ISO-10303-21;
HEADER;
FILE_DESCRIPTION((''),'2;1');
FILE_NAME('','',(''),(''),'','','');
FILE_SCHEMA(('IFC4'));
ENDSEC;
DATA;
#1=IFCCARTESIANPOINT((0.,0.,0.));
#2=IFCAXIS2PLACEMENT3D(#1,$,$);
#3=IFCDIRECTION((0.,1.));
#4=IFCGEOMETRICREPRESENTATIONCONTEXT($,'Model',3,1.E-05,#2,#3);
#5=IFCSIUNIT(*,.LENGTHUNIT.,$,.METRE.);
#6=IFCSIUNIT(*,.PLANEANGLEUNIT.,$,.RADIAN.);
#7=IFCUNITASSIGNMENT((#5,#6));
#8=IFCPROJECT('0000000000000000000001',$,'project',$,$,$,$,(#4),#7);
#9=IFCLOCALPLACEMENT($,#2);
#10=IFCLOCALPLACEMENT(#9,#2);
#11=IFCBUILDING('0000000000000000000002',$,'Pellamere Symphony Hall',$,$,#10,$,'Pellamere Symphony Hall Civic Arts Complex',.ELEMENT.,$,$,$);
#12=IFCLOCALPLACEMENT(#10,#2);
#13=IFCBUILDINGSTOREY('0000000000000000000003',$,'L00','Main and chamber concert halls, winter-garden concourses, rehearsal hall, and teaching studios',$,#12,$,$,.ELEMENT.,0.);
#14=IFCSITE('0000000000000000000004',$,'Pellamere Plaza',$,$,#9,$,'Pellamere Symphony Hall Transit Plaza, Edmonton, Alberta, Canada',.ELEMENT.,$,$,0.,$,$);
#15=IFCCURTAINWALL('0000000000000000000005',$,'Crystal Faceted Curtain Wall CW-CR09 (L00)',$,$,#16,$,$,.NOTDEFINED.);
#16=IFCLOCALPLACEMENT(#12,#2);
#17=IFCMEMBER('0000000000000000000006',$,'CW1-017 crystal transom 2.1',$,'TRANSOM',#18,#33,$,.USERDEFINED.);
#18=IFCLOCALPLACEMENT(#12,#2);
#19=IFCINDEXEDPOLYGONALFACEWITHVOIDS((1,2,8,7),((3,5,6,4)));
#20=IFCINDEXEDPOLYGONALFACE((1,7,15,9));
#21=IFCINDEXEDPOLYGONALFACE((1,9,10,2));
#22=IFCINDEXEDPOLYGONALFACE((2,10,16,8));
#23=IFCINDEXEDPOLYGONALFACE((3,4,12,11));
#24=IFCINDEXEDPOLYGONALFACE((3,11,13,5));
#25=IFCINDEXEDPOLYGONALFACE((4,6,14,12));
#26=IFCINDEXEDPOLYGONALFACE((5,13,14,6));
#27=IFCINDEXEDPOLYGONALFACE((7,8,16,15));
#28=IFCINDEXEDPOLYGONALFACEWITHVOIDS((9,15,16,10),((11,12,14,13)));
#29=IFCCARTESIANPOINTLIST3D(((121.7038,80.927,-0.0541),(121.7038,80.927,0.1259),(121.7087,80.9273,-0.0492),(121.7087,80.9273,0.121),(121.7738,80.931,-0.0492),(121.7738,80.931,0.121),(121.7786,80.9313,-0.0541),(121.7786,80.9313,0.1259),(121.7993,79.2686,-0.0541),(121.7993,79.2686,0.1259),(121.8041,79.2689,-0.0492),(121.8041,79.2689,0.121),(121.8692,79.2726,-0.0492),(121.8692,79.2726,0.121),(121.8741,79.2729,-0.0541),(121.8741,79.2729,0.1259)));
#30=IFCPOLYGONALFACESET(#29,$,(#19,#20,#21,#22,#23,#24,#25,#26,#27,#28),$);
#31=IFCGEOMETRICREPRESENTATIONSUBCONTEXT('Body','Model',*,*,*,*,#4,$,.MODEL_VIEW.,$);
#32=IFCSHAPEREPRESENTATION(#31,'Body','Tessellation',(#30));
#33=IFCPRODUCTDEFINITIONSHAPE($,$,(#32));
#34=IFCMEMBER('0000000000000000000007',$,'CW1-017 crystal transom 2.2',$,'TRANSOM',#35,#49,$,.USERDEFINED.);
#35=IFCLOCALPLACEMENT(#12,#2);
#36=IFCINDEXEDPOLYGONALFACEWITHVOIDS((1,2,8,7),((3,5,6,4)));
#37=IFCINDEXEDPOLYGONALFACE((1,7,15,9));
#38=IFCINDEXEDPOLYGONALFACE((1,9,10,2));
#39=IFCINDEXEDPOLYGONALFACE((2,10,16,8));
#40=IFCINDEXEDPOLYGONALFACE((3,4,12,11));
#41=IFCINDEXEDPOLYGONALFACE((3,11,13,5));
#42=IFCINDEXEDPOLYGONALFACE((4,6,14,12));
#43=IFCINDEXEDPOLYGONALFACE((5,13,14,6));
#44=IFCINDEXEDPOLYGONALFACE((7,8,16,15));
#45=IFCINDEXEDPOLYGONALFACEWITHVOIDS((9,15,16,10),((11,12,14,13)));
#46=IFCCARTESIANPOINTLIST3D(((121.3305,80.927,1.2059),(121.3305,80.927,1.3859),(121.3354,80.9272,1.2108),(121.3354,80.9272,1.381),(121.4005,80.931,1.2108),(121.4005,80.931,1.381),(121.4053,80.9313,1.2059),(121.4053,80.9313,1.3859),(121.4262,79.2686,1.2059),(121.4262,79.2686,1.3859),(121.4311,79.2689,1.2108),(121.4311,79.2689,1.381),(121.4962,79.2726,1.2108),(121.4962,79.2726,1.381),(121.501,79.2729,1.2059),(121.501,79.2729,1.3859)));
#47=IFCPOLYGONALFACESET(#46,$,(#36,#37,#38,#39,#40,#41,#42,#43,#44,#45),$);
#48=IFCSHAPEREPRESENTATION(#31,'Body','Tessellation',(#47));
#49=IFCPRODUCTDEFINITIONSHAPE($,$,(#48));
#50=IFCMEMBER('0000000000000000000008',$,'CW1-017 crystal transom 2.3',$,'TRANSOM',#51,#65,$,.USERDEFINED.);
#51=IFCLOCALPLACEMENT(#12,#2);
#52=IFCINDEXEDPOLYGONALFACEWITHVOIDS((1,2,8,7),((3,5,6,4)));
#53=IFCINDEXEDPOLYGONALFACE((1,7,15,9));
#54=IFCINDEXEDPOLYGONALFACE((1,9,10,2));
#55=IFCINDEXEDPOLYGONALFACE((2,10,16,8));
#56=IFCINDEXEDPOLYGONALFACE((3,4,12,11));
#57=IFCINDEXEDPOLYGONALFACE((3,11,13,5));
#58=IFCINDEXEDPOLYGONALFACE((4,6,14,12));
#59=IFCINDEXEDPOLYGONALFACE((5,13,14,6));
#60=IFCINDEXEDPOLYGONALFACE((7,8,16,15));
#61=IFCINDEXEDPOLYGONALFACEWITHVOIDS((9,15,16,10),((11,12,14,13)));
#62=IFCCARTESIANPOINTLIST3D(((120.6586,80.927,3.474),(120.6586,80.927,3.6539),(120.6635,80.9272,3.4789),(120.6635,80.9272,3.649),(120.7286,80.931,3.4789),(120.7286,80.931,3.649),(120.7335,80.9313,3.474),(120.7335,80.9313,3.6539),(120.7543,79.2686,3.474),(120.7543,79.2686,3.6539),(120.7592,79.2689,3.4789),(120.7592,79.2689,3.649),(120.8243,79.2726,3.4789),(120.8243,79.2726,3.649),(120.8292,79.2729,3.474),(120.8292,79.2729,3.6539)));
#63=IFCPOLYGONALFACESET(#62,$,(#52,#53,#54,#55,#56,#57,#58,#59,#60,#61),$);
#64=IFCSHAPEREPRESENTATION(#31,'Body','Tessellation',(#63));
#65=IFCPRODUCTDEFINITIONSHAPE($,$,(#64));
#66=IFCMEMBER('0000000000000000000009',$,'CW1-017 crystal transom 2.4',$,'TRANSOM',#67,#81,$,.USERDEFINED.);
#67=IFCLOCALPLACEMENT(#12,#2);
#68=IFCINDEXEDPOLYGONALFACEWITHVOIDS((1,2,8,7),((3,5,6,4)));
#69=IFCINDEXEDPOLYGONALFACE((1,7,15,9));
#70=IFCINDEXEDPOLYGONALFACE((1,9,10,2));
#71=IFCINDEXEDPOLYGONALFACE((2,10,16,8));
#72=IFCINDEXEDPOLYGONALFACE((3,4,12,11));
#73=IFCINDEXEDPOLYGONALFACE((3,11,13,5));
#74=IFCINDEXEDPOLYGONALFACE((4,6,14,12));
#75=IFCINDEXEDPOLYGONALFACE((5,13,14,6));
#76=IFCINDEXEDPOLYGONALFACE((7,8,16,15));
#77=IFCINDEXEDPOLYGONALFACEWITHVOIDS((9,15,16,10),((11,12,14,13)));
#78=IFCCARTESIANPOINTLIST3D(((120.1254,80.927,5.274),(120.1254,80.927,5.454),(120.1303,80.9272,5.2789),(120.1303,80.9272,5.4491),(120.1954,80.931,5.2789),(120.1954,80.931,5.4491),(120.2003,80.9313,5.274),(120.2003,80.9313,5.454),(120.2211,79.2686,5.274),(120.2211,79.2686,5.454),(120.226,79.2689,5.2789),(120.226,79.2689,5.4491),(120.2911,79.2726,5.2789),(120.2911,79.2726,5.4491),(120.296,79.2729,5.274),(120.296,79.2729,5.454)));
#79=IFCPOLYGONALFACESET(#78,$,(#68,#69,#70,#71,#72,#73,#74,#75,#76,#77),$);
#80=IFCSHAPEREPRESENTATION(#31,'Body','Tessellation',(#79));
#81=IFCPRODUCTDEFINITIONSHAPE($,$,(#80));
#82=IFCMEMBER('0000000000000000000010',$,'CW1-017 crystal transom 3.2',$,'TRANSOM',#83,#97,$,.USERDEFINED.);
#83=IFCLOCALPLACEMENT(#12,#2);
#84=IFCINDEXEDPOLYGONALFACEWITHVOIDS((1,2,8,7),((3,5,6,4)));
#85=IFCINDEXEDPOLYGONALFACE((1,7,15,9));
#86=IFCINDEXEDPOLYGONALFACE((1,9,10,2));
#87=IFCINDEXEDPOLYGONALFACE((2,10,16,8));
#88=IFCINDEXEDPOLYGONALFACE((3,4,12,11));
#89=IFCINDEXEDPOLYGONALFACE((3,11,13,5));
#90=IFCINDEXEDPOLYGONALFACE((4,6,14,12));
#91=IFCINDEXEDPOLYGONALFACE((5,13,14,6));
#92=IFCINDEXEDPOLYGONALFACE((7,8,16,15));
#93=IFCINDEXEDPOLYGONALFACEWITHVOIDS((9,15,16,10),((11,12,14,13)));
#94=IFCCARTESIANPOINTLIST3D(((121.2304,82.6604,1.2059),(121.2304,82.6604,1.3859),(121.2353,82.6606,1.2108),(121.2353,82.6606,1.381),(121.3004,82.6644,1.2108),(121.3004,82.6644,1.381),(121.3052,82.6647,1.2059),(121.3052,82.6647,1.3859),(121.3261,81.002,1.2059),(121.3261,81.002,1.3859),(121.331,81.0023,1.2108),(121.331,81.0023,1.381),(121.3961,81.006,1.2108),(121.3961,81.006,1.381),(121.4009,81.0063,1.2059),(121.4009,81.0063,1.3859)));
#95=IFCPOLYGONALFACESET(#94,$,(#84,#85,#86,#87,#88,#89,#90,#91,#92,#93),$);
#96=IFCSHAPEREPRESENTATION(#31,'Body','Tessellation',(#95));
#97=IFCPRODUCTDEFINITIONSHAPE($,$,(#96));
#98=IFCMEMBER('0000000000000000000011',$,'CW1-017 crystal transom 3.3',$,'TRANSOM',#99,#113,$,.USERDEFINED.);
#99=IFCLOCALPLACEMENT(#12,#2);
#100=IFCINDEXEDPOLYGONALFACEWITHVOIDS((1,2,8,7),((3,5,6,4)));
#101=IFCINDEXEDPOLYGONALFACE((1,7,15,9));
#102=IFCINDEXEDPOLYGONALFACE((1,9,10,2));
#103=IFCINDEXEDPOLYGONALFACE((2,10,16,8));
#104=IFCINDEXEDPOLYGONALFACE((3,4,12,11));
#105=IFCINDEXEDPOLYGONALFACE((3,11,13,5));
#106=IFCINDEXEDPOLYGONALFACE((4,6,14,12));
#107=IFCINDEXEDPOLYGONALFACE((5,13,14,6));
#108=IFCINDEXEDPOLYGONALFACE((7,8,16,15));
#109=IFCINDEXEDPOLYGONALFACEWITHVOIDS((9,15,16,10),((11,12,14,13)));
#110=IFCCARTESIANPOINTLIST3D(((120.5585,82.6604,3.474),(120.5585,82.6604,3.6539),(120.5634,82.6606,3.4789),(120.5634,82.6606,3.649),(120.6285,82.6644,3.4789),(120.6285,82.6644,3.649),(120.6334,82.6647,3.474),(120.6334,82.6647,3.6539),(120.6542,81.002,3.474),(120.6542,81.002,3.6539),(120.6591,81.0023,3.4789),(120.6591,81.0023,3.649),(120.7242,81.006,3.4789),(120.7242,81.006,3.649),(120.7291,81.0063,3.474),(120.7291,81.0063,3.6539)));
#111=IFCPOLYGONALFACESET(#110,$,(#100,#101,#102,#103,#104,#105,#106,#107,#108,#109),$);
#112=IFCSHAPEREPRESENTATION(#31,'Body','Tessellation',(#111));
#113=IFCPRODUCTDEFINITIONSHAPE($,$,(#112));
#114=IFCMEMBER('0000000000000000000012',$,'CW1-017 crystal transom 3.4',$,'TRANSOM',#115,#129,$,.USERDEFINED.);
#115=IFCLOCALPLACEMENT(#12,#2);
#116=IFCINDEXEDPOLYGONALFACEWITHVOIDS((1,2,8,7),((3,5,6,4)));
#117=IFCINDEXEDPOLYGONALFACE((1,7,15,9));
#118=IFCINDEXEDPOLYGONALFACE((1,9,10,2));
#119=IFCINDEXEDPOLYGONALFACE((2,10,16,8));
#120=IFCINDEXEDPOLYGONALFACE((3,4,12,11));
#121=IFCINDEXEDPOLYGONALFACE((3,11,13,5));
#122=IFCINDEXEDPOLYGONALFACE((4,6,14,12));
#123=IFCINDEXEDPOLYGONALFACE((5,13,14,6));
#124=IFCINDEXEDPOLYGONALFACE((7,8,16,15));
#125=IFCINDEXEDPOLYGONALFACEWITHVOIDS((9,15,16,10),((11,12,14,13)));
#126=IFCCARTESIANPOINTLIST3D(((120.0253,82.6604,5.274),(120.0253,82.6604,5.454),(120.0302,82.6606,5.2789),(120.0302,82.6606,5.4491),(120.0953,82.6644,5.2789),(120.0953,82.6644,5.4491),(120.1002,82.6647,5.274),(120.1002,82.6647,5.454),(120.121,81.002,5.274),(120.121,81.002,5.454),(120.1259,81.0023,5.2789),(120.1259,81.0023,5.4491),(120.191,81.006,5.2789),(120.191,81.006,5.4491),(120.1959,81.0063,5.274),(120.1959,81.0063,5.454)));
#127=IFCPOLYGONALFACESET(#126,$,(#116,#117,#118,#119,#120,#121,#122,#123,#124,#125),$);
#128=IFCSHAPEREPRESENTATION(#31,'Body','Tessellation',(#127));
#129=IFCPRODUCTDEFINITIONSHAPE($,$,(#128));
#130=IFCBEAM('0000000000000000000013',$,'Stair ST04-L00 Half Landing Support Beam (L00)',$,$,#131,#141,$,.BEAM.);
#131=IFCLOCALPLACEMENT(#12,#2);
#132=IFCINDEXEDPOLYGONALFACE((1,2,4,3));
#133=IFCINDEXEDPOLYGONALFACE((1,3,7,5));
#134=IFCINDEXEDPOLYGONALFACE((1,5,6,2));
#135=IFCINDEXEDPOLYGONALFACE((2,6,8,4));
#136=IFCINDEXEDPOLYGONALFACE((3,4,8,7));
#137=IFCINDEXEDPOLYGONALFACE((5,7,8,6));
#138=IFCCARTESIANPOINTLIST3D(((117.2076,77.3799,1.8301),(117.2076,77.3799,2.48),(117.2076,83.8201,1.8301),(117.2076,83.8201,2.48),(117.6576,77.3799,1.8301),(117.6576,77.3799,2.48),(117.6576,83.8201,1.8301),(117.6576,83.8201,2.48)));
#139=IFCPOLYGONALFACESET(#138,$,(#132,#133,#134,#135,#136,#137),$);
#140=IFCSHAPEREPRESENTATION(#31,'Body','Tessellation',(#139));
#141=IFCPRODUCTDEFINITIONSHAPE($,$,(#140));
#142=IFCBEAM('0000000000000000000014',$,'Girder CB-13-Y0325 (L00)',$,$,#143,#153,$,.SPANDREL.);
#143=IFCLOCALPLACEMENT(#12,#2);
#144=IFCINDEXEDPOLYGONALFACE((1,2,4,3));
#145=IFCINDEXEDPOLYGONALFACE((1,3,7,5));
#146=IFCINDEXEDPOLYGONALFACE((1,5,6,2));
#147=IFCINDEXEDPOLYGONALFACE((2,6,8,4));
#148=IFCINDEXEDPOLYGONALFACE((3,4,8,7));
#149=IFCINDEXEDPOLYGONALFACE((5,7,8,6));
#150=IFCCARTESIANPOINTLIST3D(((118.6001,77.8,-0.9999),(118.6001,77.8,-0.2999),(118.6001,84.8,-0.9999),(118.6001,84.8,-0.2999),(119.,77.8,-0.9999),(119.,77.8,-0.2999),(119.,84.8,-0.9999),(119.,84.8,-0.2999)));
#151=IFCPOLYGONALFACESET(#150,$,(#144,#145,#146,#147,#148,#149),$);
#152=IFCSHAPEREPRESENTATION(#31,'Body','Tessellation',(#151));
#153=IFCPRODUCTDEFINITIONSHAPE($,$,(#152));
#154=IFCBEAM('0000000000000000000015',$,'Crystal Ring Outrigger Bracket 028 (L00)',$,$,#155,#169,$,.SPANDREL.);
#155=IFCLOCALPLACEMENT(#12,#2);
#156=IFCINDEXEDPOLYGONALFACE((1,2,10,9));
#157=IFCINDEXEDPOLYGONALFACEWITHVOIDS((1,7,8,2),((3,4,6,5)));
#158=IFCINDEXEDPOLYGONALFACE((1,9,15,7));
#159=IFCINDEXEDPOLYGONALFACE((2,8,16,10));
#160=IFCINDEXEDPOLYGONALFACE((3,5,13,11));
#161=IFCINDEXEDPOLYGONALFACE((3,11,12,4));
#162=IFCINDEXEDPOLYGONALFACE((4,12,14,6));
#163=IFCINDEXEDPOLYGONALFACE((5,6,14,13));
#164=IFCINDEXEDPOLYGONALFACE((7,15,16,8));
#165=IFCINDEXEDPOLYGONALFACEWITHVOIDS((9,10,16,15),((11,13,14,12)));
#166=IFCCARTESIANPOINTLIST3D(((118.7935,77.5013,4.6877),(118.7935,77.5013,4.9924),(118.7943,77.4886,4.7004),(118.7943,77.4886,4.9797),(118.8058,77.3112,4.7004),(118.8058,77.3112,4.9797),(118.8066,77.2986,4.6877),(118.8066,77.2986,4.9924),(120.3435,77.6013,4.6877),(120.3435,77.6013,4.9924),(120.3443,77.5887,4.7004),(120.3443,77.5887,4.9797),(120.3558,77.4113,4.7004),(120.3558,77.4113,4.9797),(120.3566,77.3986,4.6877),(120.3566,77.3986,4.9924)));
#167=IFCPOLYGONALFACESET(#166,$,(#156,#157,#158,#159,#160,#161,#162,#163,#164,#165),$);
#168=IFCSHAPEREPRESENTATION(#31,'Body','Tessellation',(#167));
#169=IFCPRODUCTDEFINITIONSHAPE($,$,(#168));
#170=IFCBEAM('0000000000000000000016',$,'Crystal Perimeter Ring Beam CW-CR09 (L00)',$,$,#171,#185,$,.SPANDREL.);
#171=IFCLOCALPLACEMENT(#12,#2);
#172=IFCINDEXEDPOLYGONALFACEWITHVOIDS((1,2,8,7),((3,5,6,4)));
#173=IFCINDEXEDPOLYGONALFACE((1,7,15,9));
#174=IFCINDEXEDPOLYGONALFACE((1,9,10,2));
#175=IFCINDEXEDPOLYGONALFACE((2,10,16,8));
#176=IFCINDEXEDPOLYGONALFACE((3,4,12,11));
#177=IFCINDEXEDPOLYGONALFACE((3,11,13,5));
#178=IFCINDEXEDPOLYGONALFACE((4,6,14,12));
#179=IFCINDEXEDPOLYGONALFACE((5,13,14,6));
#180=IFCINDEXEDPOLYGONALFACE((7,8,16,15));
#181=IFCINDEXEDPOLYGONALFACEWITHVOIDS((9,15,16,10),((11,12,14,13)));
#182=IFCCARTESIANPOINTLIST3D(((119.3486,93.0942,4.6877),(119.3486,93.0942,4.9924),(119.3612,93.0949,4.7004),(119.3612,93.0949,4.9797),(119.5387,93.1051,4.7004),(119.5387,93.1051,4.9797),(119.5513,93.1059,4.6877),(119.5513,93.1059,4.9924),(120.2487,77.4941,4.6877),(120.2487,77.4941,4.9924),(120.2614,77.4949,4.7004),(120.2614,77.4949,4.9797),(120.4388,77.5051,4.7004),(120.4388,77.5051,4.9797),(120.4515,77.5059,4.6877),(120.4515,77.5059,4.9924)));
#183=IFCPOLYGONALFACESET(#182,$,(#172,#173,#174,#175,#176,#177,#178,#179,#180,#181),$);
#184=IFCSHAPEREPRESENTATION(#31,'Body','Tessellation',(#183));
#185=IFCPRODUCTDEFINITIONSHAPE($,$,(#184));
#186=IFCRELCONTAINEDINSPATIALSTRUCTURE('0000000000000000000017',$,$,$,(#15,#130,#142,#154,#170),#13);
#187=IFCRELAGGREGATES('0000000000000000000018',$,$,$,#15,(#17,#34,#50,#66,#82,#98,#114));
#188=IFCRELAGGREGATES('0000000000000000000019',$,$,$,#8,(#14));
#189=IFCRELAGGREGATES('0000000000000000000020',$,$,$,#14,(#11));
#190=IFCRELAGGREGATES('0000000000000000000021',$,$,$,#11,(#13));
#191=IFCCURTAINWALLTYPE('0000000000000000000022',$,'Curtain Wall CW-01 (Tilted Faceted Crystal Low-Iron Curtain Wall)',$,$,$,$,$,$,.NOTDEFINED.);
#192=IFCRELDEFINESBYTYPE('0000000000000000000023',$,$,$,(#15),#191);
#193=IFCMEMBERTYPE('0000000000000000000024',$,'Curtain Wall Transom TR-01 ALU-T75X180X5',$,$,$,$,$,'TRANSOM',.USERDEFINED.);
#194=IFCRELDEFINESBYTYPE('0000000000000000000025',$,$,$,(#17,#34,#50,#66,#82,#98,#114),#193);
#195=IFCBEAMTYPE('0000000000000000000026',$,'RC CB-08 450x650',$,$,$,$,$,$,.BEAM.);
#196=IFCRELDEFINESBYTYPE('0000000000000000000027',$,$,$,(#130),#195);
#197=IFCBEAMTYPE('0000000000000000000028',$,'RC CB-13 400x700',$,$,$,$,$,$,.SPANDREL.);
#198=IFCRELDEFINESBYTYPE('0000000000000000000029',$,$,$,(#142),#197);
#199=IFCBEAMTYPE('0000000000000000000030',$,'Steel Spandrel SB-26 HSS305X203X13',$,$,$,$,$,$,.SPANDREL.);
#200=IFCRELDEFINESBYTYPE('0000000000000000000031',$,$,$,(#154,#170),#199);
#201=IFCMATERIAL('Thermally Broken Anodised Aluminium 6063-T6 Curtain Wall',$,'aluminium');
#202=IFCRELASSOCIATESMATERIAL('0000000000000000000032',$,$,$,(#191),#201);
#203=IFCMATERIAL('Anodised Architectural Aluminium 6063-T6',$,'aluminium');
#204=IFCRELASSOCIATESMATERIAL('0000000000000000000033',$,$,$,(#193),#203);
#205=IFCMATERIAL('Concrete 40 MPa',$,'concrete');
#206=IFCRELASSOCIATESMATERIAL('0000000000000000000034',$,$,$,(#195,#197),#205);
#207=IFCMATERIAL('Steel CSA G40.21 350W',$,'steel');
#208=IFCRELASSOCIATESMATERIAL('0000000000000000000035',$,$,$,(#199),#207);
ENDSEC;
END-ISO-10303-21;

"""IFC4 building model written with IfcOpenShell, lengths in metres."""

from ifc_helpers import new_model, si_unit, direction, frame, origin, origin_2d, place, context, subcontext, project, spatial, rectangle, hollow_rectangle, extrude, material, material_profile, profile_set, type_object, element, aggregate, save


model = new_model("IFC4")

# Units and contexts
model_context = context("Model", 3, precision=1e-05, world=origin(), true_north=direction((0.0, 1.0)))
body_context = subcontext(model_context, "Body", "Model", "MODEL_VIEW")
ifc_project = project(units=[si_unit("LENGTHUNIT", "METRE"), si_unit("PLANEANGLEUNIT", "RADIAN")], contexts=[model_context])

# Site, building, storey
site_placement = place(None, origin())
site = spatial("IfcSite", under=ifc_project, at=site_placement, Name="Pellamere Plaza", LongName="Pellamere Symphony Hall Transit Plaza, Edmonton, Alberta, Canada", CompositionType="ELEMENT", RefElevation=0.0)
building_placement = place(site_placement, origin())
building = spatial("IfcBuilding", under=site, at=building_placement, Name="Pellamere Symphony Hall", LongName="Pellamere Symphony Hall Civic Arts Complex", CompositionType="ELEMENT")
storey_placement = place(building_placement, origin())
storey = spatial("IfcBuildingStorey", under=building, at=storey_placement, Name="L00", Description="Main and chamber concert halls, winter-garden concourses, rehearsal hall, and teaching studios", CompositionType="ELEMENT", Elevation=0.0)

# Shared definitions
ifc_material_1 = material(Name="Concrete 40 MPa", Category="concrete")

# Shared definitions
ifc_material_2 = material(Name="Thermally Broken Anodised Aluminium 6063-T6 Curtain Wall", Category="aluminium")
curtain_wall_type = type_object("IfcCurtainWallType", Name="Curtain Wall CW-01 (Tilted Faceted Crystal Low-Iron Curtain Wall)", PredefinedType="NOTDEFINED", material=ifc_material_2)
ifc_material_3 = material(Name="Anodised Architectural Aluminium 6063-T6", Category="aluminium")

# Curtain wall
curtain_wall_1_placement = place(storey_placement, origin())
curtain_wall_1 = element("IfcCurtainWall", 1, at=curtain_wall_1_placement, inside=storey, type_object=curtain_wall_type, Name="Crystal Faceted Curtain Wall CW-CR09 (L00)", PredefinedType="NOTDEFINED")

# Members
ifc_material_profile_1 = material_profile(ifc_material_3, hollow_rectangle(XDim=0.075, YDim=0.1799, WallThickness=0.0049, at=origin_2d()), Name="ALU-T75X180X5")
ifc_profile_set_1 = profile_set([ifc_material_profile_1], Name="Anodised Architectural Aluminium 6063-T6")
member_type_1 = type_object("IfcMemberType", Name="Curtain Wall Transom TR-01 ALU-T75X180X5", ElementType="TRANSOM", PredefinedType="USERDEFINED", material=ifc_profile_set_1)
member_1_placement = place(storey_placement, frame((121.8367, 79.2708, 0.0359), z_axis=(-0.057464, 0.998348, 0.0), x_axis=(-0.998348, -0.057464, 0.0)))
member_1 = element("IfcMember", 2, at=member_1_placement, type_object=member_type_1, Name="CW1-017 crystal transom 2.1", ObjectType="TRANSOM", PredefinedType="USERDEFINED", context=body_context, shape_type="SweptSolid", body=[
    extrude(hollow_rectangle(XDim=0.075, YDim=0.1799, WallThickness=0.0049, at=origin_2d()), origin(), (0.0, 0.0, 1.0), 1.6611),
])
member_2_placement = place(storey_placement, frame((121.4636, 79.2708, 1.2959), z_axis=(-0.057611, 0.998339, 0.0), x_axis=(-0.998339, -0.057611, 0.0)))
member_2 = element("IfcMember", 3, at=member_2_placement, type_object=member_type_1, Name="CW1-017 crystal transom 2.2", ObjectType="TRANSOM", PredefinedType="USERDEFINED", context=body_context, shape_type="SweptSolid", body=[
    extrude(hollow_rectangle(XDim=0.075, YDim=0.1799, WallThickness=0.0049, at=origin_2d()), origin(), (0.0, 0.0, 1.0), 1.6611),
])
member_3_placement = place(storey_placement, frame((120.7917, 79.2708, 3.564), z_axis=(-0.057611, 0.998339, 0.0), x_axis=(-0.998339, -0.057611, 0.0)))
member_3 = element("IfcMember", 4, at=member_3_placement, type_object=member_type_1, Name="CW1-017 crystal transom 2.3", ObjectType="TRANSOM", PredefinedType="USERDEFINED", context=body_context, shape_type="SweptSolid", body=[
    extrude(hollow_rectangle(XDim=0.075, YDim=0.1799, WallThickness=0.0049, at=origin_2d()), origin(), (0.0, 0.0, 1.0), 1.6611),
])
member_4_placement = place(storey_placement, frame((120.2585, 79.2708, 5.364), z_axis=(-0.057611, 0.998339, 0.0), x_axis=(-0.998339, -0.057611, 0.0)))
member_4 = element("IfcMember", 5, at=member_4_placement, type_object=member_type_1, Name="CW1-017 crystal transom 2.4", ObjectType="TRANSOM", PredefinedType="USERDEFINED", context=body_context, shape_type="SweptSolid", body=[
    extrude(hollow_rectangle(XDim=0.075, YDim=0.1799, WallThickness=0.0049, at=origin_2d()), origin(), (0.0, 0.0, 1.0), 1.6611),
])
member_5_placement = place(storey_placement, frame((121.3635, 81.0042, 1.2959), z_axis=(-0.057611, 0.998339, 0.0), x_axis=(-0.998339, -0.057611, 0.0)))
member_5 = element("IfcMember", 6, at=member_5_placement, type_object=member_type_1, Name="CW1-017 crystal transom 3.2", ObjectType="TRANSOM", PredefinedType="USERDEFINED", context=body_context, shape_type="SweptSolid", body=[
    extrude(hollow_rectangle(XDim=0.075, YDim=0.1799, WallThickness=0.0049, at=origin_2d()), origin(), (0.0, 0.0, 1.0), 1.6611),
])
member_6_placement = place(storey_placement, frame((120.6917, 81.0042, 3.564), z_axis=(-0.057611, 0.998339, 0.0), x_axis=(-0.998339, -0.057611, 0.0)))
member_6 = element("IfcMember", 7, at=member_6_placement, type_object=member_type_1, Name="CW1-017 crystal transom 3.3", ObjectType="TRANSOM", PredefinedType="USERDEFINED", context=body_context, shape_type="SweptSolid", body=[
    extrude(hollow_rectangle(XDim=0.075, YDim=0.1799, WallThickness=0.0049, at=origin_2d()), origin(), (0.0, 0.0, 1.0), 1.6611),
])
member_7_placement = place(storey_placement, frame((120.1584, 81.0042, 5.364), z_axis=(-0.057611, 0.998339, 0.0), x_axis=(-0.998339, -0.057611, 0.0)))
member_7 = element("IfcMember", 8, at=member_7_placement, type_object=member_type_1, Name="CW1-017 crystal transom 3.4", ObjectType="TRANSOM", PredefinedType="USERDEFINED", context=body_context, shape_type="SweptSolid", body=[
    extrude(hollow_rectangle(XDim=0.075, YDim=0.1799, WallThickness=0.0049, at=origin_2d()), origin(), (0.0, 0.0, 1.0), 1.6611),
])

# Beams
ifc_material_profile_2 = material_profile(ifc_material_1, rectangle(XDim=0.45, YDim=0.6499, at=origin_2d()), Name="RC 450x650")
ifc_profile_set_2 = profile_set([ifc_material_profile_2], Name="Concrete 40 MPa")
beam_type_1 = type_object("IfcBeamType", Name="RC CB-08 450x650", PredefinedType="BEAM", material=ifc_profile_set_2)
beam_1_placement = place(storey_placement, frame((117.4326, 77.3799, 2.155), z_axis=(0.0, 1.0, 0.0), x_axis=(-1.0, 0.0, 0.0)))
element("IfcBeam", 9, at=beam_1_placement, inside=storey, type_object=beam_type_1, Name="Stair ST04-L00 Half Landing Support Beam (L00)", PredefinedType="BEAM", context=body_context, shape_type="SweptSolid", body=[
    extrude(rectangle(XDim=0.45, YDim=0.6499, at=origin_2d()), origin(), (0.0, 0.0, 1.0), 6.4402),
])
ifc_material_profile_3 = material_profile(ifc_material_1, rectangle(XDim=0.3999, YDim=0.7, at=origin_2d()), Name="RC 400x700")
ifc_profile_set_3 = profile_set([ifc_material_profile_3], Name="Concrete 40 MPa")
beam_type_2 = type_object("IfcBeamType", Name="RC CB-13 400x700", PredefinedType="SPANDREL", material=ifc_profile_set_3)
beam_2_placement = place(storey_placement, frame((118.8, 77.8, -0.6499), z_axis=(0.0, 1.0, 0.0), x_axis=(-1.0, 0.0, 0.0)))
element("IfcBeam", 10, at=beam_2_placement, inside=storey, type_object=beam_type_2, Name="Girder CB-13-Y0325 (L00)", PredefinedType="SPANDREL", context=body_context, shape_type="SweptSolid", body=[
    extrude(rectangle(XDim=0.3999, YDim=0.7, at=origin_2d()), origin(), (0.0, 0.0, 1.0), 7.0),
])
ifc_material_4 = material(Name="Steel CSA G40.21 350W", Category="steel")
ifc_material_profile_4 = material_profile(ifc_material_4, hollow_rectangle(XDim=0.2031, YDim=0.3047, WallThickness=0.0127, at=origin_2d()), Name="HSS305X203X13")
ifc_profile_set_4 = profile_set([ifc_material_profile_4], Name="Steel CSA G40.21 350W")
beam_type_3 = type_object("IfcBeamType", Name="Steel Spandrel SB-26 HSS305X203X13", PredefinedType="SPANDREL", material=ifc_profile_set_4)
beam_3_placement = place(storey_placement, frame((118.8, 77.3999, 4.8401), z_axis=(0.997921, 0.064443, 0.0), x_axis=(-0.064443, 0.997921, 0.0)))
element("IfcBeam", 11, at=beam_3_placement, inside=storey, type_object=beam_type_3, Name="Crystal Ring Outrigger Bracket 028 (L00)", PredefinedType="SPANDREL", context=body_context, shape_type="SweptSolid", body=[
    extrude(hollow_rectangle(XDim=0.2031, YDim=0.3047, WallThickness=0.0127, at=origin_2d()), origin(), (0.0, 0.0, 1.0), 1.5532),
])
beam_4_placement = place(storey_placement, frame((120.3501, 77.5, 4.8401), z_axis=(-0.057606, 0.998339, 0.0), x_axis=(-0.998339, -0.057606, 0.0)))
element("IfcBeam", 12, at=beam_4_placement, inside=storey, type_object=beam_type_3, Name="Crystal Perimeter Ring Beam CW-CR09 (L00)", PredefinedType="SPANDREL", context=body_context, shape_type="SweptSolid", body=[
    extrude(hollow_rectangle(XDim=0.2031, YDim=0.3047, WallThickness=0.0127, at=origin_2d()), origin(), (0.0, 0.0, 1.0), 15.626),
])

aggregate(curtain_wall_1, [member_1, member_2, member_3, member_4, member_5, member_6, member_7])

save(model, "model.ifc")
